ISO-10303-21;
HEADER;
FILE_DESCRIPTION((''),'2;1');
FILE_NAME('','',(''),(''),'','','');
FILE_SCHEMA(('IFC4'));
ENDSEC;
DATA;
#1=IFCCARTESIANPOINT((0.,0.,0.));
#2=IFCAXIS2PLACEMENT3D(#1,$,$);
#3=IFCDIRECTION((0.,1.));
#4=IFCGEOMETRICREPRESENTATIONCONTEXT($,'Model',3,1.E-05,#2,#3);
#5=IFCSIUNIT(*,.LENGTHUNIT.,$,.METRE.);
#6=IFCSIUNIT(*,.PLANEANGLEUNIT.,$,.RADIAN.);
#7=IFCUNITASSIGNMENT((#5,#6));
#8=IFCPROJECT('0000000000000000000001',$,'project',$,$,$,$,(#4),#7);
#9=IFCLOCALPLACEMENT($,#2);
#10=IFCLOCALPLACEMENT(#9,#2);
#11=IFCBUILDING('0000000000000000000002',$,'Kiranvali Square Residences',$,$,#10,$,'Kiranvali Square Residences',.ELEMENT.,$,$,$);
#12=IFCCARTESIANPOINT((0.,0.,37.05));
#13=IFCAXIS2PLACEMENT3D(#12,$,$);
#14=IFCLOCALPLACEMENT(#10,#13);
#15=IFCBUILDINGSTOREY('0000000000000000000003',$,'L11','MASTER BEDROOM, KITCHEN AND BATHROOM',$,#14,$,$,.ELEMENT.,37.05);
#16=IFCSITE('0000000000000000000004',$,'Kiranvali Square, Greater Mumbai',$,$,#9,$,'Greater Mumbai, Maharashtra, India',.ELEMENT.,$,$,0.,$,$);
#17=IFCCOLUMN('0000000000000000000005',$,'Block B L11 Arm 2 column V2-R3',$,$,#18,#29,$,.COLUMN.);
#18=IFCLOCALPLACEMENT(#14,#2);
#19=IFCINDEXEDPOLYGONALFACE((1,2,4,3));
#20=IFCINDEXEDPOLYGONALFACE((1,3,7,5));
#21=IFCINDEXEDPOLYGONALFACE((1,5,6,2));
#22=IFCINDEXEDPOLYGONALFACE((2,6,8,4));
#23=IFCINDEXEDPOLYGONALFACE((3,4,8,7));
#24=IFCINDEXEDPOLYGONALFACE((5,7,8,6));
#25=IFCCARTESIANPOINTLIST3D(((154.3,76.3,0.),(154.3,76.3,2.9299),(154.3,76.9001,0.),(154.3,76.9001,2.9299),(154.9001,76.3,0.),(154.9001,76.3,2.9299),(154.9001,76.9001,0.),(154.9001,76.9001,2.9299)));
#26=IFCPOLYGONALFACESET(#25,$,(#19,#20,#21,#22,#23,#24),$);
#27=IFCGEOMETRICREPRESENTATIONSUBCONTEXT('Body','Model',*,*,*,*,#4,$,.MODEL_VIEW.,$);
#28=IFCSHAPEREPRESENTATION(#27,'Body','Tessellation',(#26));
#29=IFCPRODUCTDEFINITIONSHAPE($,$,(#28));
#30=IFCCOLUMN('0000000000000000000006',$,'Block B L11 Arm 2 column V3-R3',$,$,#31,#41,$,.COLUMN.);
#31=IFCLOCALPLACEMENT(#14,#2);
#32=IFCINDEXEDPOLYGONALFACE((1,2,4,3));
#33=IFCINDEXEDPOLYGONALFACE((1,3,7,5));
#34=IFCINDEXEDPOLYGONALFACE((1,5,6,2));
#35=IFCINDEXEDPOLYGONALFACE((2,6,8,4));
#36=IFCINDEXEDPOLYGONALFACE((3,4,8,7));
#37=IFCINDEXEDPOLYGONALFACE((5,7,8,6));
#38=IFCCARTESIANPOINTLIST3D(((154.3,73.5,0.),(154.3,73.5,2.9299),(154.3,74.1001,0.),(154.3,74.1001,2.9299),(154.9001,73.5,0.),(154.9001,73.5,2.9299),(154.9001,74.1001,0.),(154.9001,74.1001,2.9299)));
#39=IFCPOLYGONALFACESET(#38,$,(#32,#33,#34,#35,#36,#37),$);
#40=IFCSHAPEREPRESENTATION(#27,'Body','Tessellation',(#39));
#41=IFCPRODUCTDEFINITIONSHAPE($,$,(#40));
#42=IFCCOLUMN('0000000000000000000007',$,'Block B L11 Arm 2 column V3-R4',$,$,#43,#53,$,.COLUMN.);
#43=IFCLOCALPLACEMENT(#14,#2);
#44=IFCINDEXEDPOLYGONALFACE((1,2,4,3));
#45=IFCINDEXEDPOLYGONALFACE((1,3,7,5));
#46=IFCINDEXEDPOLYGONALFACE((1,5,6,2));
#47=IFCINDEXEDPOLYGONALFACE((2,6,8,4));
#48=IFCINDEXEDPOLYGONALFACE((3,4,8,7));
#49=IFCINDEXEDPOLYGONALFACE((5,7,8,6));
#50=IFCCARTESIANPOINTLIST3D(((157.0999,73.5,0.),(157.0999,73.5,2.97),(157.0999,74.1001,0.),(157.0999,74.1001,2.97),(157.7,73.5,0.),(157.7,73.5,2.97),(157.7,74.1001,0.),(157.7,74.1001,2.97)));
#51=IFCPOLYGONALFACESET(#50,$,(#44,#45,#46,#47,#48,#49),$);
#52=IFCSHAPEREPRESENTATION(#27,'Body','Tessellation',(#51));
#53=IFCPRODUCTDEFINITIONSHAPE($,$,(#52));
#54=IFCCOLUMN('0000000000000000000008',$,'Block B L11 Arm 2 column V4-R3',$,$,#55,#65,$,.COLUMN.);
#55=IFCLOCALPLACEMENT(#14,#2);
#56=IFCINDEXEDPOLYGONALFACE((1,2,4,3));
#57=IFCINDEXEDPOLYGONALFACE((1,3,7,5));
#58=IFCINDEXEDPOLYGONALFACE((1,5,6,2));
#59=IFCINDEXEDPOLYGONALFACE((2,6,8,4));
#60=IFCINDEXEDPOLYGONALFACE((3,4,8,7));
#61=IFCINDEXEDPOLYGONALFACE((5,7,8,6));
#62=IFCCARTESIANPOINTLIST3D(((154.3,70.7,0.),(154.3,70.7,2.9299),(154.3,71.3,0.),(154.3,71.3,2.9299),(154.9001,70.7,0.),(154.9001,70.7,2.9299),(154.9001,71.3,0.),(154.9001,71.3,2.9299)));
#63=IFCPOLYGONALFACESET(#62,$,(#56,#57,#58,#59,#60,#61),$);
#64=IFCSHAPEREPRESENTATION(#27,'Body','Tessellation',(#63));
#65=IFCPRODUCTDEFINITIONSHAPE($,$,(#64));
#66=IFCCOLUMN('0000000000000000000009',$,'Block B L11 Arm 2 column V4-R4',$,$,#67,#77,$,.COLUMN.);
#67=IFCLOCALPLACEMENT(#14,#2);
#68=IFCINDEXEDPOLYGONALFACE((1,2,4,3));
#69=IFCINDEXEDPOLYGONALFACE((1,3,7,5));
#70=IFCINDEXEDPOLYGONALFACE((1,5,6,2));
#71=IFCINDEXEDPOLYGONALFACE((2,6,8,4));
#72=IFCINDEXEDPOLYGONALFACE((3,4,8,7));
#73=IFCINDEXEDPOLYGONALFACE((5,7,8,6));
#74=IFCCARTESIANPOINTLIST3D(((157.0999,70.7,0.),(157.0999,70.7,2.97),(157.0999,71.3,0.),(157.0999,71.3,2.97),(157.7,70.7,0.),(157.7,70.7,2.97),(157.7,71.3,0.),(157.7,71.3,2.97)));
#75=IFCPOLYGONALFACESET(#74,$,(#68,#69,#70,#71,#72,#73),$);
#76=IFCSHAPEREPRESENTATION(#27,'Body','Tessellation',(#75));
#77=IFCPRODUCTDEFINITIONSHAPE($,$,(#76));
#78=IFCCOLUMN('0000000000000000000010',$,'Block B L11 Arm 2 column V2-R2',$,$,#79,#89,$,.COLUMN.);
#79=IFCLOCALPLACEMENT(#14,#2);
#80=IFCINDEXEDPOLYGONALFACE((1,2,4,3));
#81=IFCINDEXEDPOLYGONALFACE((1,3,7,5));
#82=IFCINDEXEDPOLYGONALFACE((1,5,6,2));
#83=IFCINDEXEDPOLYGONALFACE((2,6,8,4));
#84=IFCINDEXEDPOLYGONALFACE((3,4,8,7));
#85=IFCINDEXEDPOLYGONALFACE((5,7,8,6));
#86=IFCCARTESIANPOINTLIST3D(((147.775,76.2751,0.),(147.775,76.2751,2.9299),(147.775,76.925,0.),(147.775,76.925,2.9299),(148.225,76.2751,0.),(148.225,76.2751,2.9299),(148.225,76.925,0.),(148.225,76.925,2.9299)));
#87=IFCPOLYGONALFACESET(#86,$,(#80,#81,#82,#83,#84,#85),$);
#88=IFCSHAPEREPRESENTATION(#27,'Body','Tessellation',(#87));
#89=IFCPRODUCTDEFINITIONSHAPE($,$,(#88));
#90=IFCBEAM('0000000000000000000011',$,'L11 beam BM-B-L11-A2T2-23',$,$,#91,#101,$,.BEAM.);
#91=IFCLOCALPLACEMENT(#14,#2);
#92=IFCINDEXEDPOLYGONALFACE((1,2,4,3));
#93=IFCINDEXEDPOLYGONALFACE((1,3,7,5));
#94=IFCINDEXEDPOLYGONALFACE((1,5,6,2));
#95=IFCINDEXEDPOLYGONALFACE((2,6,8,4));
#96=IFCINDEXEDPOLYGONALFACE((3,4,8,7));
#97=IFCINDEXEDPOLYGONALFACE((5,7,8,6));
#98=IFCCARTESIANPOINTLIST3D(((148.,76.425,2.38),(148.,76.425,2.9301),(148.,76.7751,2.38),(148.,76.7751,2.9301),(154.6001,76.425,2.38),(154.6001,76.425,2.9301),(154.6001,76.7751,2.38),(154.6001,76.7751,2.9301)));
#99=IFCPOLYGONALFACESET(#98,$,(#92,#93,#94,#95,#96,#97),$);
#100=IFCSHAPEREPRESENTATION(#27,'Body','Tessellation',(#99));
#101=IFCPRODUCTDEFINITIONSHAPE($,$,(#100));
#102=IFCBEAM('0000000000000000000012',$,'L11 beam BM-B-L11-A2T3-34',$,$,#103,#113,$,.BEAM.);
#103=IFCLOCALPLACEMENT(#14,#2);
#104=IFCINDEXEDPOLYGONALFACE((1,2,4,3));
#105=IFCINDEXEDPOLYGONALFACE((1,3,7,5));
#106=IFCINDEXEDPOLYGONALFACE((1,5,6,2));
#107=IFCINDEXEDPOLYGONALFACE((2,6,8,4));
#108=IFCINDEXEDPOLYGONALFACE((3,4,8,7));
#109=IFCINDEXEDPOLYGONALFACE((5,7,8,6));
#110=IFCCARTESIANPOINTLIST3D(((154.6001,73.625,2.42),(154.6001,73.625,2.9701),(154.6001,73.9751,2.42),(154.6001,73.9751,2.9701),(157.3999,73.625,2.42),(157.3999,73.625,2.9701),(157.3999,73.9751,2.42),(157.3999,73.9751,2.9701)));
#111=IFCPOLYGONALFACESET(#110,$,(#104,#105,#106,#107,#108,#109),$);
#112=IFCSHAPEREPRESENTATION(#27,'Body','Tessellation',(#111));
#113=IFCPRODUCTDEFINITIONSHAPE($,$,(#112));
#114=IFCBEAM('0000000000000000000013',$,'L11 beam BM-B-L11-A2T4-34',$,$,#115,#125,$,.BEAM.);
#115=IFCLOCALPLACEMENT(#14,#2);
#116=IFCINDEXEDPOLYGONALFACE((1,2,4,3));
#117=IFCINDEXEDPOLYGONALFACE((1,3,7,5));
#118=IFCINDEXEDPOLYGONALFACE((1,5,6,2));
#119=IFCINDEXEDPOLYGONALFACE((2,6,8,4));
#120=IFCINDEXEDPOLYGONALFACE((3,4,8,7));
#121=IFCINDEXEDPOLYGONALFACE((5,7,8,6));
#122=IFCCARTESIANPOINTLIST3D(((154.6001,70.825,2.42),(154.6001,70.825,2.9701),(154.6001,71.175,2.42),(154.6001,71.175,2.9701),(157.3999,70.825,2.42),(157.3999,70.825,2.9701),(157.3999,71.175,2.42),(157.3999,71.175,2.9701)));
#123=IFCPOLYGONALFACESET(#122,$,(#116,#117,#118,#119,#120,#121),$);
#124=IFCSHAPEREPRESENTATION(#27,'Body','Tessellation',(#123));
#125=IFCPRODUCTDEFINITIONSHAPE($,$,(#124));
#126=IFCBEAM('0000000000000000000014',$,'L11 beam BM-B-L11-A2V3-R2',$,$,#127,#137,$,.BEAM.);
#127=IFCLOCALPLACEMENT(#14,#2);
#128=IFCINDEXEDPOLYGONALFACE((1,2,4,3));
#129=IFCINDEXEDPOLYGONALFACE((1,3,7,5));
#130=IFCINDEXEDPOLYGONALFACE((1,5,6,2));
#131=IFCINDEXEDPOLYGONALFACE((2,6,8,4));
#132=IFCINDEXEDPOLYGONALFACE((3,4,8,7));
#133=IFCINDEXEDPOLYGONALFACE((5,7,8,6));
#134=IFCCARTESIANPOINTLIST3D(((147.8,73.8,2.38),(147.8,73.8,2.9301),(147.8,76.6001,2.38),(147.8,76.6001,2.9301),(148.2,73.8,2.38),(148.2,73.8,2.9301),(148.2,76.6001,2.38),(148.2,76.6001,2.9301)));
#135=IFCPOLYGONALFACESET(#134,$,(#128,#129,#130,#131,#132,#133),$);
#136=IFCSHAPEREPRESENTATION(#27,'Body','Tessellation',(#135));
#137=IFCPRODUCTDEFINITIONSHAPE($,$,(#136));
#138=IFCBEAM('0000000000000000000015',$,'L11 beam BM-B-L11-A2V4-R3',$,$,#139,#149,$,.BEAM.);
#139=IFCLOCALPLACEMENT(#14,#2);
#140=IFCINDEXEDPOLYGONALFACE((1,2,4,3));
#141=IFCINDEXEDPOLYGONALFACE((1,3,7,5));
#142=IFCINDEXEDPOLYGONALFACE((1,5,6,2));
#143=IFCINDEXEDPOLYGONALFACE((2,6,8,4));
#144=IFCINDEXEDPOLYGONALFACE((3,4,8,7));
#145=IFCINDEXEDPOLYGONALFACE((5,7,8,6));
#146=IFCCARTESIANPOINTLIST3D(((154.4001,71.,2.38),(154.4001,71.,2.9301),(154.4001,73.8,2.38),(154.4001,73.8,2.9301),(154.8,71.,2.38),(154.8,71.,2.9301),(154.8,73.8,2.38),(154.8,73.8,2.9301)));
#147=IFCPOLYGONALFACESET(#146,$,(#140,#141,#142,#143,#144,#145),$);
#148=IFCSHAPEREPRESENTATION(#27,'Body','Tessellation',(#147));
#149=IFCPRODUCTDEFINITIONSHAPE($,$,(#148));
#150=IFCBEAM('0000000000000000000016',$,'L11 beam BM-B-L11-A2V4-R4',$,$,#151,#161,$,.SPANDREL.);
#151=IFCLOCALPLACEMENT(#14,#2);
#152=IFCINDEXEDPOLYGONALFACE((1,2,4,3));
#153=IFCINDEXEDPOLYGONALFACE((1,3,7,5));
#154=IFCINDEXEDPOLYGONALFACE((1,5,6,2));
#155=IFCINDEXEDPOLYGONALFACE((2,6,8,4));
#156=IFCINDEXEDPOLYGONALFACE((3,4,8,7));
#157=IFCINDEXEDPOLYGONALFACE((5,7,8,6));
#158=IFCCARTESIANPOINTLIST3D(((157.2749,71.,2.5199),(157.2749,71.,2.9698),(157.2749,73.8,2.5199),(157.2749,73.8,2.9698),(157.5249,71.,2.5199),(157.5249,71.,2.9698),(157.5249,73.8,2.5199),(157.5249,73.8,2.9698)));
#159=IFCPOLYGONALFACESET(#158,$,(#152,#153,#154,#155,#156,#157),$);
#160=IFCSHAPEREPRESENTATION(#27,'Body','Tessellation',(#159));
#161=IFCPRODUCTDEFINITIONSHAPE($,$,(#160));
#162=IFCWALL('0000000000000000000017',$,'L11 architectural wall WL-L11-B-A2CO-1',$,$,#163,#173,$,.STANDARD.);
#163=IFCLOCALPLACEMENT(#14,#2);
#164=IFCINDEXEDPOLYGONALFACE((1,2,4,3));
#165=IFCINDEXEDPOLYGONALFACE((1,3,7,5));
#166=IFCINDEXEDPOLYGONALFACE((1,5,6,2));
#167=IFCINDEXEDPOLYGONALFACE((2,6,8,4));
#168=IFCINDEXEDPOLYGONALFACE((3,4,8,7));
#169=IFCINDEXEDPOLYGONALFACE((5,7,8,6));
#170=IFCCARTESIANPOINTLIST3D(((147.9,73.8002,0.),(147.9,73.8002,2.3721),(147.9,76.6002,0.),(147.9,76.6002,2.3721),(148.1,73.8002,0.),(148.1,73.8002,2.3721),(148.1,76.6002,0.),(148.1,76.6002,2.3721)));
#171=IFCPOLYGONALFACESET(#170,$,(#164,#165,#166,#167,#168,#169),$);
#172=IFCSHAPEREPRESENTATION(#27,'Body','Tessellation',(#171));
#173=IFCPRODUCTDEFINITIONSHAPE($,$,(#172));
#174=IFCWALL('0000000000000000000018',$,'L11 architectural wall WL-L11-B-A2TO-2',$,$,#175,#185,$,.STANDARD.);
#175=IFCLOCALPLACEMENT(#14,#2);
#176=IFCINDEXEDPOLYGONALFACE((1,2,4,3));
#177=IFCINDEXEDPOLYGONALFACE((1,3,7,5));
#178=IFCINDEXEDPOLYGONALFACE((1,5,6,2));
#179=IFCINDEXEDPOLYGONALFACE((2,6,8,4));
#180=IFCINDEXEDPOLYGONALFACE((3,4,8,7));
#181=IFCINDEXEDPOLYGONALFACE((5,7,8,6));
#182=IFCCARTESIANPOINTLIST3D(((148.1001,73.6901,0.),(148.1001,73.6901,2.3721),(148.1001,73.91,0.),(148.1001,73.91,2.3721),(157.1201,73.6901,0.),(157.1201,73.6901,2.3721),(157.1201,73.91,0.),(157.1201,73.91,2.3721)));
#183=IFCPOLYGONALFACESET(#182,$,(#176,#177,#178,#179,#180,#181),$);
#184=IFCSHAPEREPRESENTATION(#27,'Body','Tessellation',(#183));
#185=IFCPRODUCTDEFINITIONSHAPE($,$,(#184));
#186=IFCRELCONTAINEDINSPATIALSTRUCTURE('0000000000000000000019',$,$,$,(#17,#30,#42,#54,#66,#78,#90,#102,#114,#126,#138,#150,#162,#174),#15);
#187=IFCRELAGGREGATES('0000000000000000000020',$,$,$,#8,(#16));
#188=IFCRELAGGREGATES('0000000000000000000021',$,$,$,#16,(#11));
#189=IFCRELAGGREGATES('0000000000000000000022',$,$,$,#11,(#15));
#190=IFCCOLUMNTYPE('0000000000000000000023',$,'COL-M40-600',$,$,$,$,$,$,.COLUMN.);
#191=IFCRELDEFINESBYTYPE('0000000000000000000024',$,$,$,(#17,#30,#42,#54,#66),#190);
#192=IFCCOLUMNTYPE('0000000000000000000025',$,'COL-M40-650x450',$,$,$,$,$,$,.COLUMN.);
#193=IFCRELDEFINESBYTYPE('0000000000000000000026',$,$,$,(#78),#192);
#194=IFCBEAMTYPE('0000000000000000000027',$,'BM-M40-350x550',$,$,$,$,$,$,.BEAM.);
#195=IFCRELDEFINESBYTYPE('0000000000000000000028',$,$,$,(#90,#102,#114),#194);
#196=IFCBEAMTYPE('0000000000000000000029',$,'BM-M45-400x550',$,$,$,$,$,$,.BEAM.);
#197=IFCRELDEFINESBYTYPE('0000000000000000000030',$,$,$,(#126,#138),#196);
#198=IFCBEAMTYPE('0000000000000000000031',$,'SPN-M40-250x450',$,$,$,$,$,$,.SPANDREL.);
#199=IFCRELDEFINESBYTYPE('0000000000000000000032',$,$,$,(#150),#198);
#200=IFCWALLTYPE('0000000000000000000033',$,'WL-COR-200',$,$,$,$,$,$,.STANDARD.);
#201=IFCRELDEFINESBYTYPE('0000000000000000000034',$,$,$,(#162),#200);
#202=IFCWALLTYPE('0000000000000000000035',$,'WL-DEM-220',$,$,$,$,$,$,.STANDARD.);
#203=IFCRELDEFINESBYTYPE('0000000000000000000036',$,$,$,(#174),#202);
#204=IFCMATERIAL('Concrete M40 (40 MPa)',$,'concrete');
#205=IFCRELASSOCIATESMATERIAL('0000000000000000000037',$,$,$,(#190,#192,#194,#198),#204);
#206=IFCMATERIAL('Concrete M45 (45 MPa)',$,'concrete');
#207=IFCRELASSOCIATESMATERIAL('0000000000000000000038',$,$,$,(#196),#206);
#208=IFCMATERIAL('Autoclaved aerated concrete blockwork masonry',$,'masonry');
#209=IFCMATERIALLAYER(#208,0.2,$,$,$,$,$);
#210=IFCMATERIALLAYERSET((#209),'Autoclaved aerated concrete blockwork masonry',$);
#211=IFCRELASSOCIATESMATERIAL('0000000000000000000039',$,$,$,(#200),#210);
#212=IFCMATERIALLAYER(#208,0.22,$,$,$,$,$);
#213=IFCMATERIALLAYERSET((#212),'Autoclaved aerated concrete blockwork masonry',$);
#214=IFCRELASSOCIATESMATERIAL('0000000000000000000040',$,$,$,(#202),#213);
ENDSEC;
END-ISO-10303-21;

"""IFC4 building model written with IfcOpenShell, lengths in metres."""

from ifc_helpers import new_model, si_unit, direction, frame, frame_2d, origin, origin_2d, place, context, subcontext, project, spatial, rectangle, extrude, material, layer, layer_set, material_profile, profile_set, type_object, element, save


model = new_model("IFC4")

# Units and contexts
model_context = context("Model", 3, precision=1e-05, world=origin(), true_north=direction((0.0, 1.0)))
body_context = subcontext(model_context, "Body", "Model", "MODEL_VIEW")
ifc_project = project(units=[si_unit("LENGTHUNIT", "METRE"), si_unit("PLANEANGLEUNIT", "RADIAN")], contexts=[model_context])

# Site, building, storey
site_placement = place(None, origin())
site = spatial("IfcSite", under=ifc_project, at=site_placement, Name="Kiranvali Square, Greater Mumbai", LongName="Greater Mumbai, Maharashtra, India", CompositionType="ELEMENT", RefElevation=0.0)
building_placement = place(site_placement, origin())
building = spatial("IfcBuilding", under=site, at=building_placement, Name="Kiranvali Square Residences", LongName="Kiranvali Square Residences", CompositionType="ELEMENT")
storey_placement = place(building_placement, frame((0.0, 0.0, 37.05)))
storey = spatial("IfcBuildingStorey", under=building, at=storey_placement, Name="L11", Description="MASTER BEDROOM, KITCHEN AND BATHROOM", CompositionType="ELEMENT", Elevation=37.05)

# Columns
ifc_material_1 = material(Name="Concrete M40 (40 MPa)", Category="concrete")
ifc_material_profile_1 = material_profile(ifc_material_1, rectangle(XDim=0.6001, YDim=0.6001, at=origin_2d()), Name="RC 600x600")
ifc_profile_set_1 = profile_set([ifc_material_profile_1], Name="Concrete M40 (40 MPa)")
column_type_1 = type_object("IfcColumnType", Name="COL-M40-600", PredefinedType="COLUMN", material=ifc_profile_set_1)
for number, where, z_axis, x_axis, name in (
    (1, (154.6001, 76.6001, 0.0), (0.0, 0.0, 1.0), (1.0, 0.0, 0.0), "Block B L11 Arm 2 column V2-R3"),
    (2, (154.6001, 73.8, 0.0), (0.0, 0.0, 1.0), (1.0, 0.0, 0.0), "Block B L11 Arm 2 column V3-R3"),
):
    element("IfcColumn", number, at=place(storey_placement, frame(where, z_axis=z_axis, x_axis=x_axis)), inside=storey, type_object=column_type_1, Name=name, PredefinedType="COLUMN", context=body_context, shape_type="SweptSolid", body=[
        extrude(rectangle(XDim=0.6001, YDim=0.6001, at=origin_2d()), origin(), (0.0, 0.0, 1.0), 2.9299),
    ])
column_1_placement = place(storey_placement, frame((157.3999, 73.8, 0.0), z_axis=(0.0, 0.0, 1.0), x_axis=(1.0, 0.0, 0.0)))
element("IfcColumn", 3, at=column_1_placement, inside=storey, type_object=column_type_1, Name="Block B L11 Arm 2 column V3-R4", PredefinedType="COLUMN", context=body_context, shape_type="SweptSolid", body=[
    extrude(rectangle(XDim=0.6001, YDim=0.6001, at=origin_2d()), origin(), (0.0, 0.0, 1.0), 2.97),
])
column_2_placement = place(storey_placement, frame((154.6001, 71.0, 0.0), z_axis=(0.0, 0.0, 1.0), x_axis=(1.0, 0.0, 0.0)))
element("IfcColumn", 4, at=column_2_placement, inside=storey, type_object=column_type_1, Name="Block B L11 Arm 2 column V4-R3", PredefinedType="COLUMN", context=body_context, shape_type="SweptSolid", body=[
    extrude(rectangle(XDim=0.6001, YDim=0.6001, at=origin_2d()), origin(), (0.0, 0.0, 1.0), 2.9299),
])
column_3_placement = place(storey_placement, frame((157.3999, 71.0, 0.0), z_axis=(0.0, 0.0, 1.0), x_axis=(1.0, 0.0, 0.0)))
element("IfcColumn", 5, at=column_3_placement, inside=storey, type_object=column_type_1, Name="Block B L11 Arm 2 column V4-R4", PredefinedType="COLUMN", context=body_context, shape_type="SweptSolid", body=[
    extrude(rectangle(XDim=0.6001, YDim=0.6001, at=origin_2d()), origin(), (0.0, 0.0, 1.0), 2.97),
])
ifc_material_profile_2 = material_profile(ifc_material_1, rectangle(XDim=0.45, YDim=0.6499, at=origin_2d()), Name="RC 650x450")
ifc_profile_set_2 = profile_set([ifc_material_profile_2], Name="Concrete M40 (40 MPa)")
column_type_2 = type_object("IfcColumnType", Name="COL-M40-650x450", PredefinedType="COLUMN", material=ifc_profile_set_2)
column_4_placement = place(storey_placement, frame((148.0, 76.6001, 0.0), z_axis=(0.0, 0.0, 1.0), x_axis=(1.0, 0.0, 0.0)))
element("IfcColumn", 6, at=column_4_placement, inside=storey, type_object=column_type_2, Name="Block B L11 Arm 2 column V2-R2", PredefinedType="COLUMN", context=body_context, shape_type="SweptSolid", body=[
    extrude(rectangle(XDim=0.45, YDim=0.6499, at=origin_2d()), origin(), (0.0, 0.0, 1.0), 2.9299),
])

# Beams
ifc_material_profile_3 = material_profile(ifc_material_1, rectangle(XDim=0.3501, YDim=0.55, at=origin_2d()), Name="RC 350x550")
ifc_profile_set_3 = profile_set([ifc_material_profile_3], Name="Concrete M40 (40 MPa)")
beam_type_1 = type_object("IfcBeamType", Name="BM-M40-350x550", PredefinedType="BEAM", material=ifc_profile_set_3)
beam_1_placement = place(storey_placement, frame((148.0, 76.6001, 2.655), z_axis=(1.0, 0.0, 0.0), x_axis=(0.0, 1.0, 0.0)))
element("IfcBeam", 7, at=beam_1_placement, inside=storey, type_object=beam_type_1, Name="L11 beam BM-B-L11-A2T2-23", PredefinedType="BEAM", context=body_context, shape_type="SweptSolid", body=[
    extrude(rectangle(XDim=0.3501, YDim=0.55, at=origin_2d()), origin(), (0.0, 0.0, 1.0), 6.6001),
])
for number, where, z_axis, x_axis, name in (
    (8, (154.6001, 73.8, 2.6951), (1.0, 0.0, 0.0), (0.0, 1.0, 0.0), "L11 beam BM-B-L11-A2T3-34"),
    (9, (154.6001, 71.0, 2.6951), (1.0, 0.0, 0.0), (0.0, 1.0, 0.0), "L11 beam BM-B-L11-A2T4-34"),
):
    element("IfcBeam", number, at=place(storey_placement, frame(where, z_axis=z_axis, x_axis=x_axis)), inside=storey, type_object=beam_type_1, Name=name, PredefinedType="BEAM", context=body_context, shape_type="SweptSolid", body=[
        extrude(rectangle(XDim=0.3501, YDim=0.55, at=origin_2d()), origin(), (0.0, 0.0, 1.0), 2.7998),
    ])
ifc_material_2 = material(Name="Concrete M45 (45 MPa)", Category="concrete")
ifc_material_profile_4 = material_profile(ifc_material_2, rectangle(XDim=0.3999, YDim=0.55, at=origin_2d()), Name="RC 400x550")
ifc_profile_set_4 = profile_set([ifc_material_profile_4], Name="Concrete M45 (45 MPa)")
beam_type_2 = type_object("IfcBeamType", Name="BM-M45-400x550", PredefinedType="BEAM", material=ifc_profile_set_4)
for number, where, z_axis, x_axis, name in (
    (10, (148.0, 76.6001, 2.655), (0.0, -1.0, 0.0), (1.0, 0.0, 0.0), "L11 beam BM-B-L11-A2V3-R2"),
    (11, (154.6001, 73.8, 2.655), (0.0, -1.0, 0.0), (1.0, 0.0, 0.0), "L11 beam BM-B-L11-A2V4-R3"),
):
    element("IfcBeam", number, at=place(storey_placement, frame(where, z_axis=z_axis, x_axis=x_axis)), inside=storey, type_object=beam_type_2, Name=name, PredefinedType="BEAM", context=body_context, shape_type="SweptSolid", body=[
        extrude(rectangle(XDim=0.3999, YDim=0.55, at=origin_2d()), origin(), (0.0, 0.0, 1.0), 2.8),
    ])
ifc_material_profile_5 = material_profile(ifc_material_1, rectangle(XDim=0.25, YDim=0.45, at=origin_2d()), Name="RC 250x450")
ifc_profile_set_5 = profile_set([ifc_material_profile_5], Name="Concrete M40 (40 MPa)")
beam_type_3 = type_object("IfcBeamType", Name="SPN-M40-250x450", PredefinedType="SPANDREL", material=ifc_profile_set_5)
beam_2_placement = place(storey_placement, frame((157.3999, 73.8, 2.7449), z_axis=(0.0, -1.0, 0.0), x_axis=(1.0, 0.0, 0.0)))
element("IfcBeam", 12, at=beam_2_placement, inside=storey, type_object=beam_type_3, Name="L11 beam BM-B-L11-A2V4-R4", PredefinedType="SPANDREL", context=body_context, shape_type="SweptSolid", body=[
    extrude(rectangle(XDim=0.25, YDim=0.45, at=origin_2d()), origin(), (0.0, 0.0, 1.0), 2.8),
])

# Walls
ifc_material_3 = material(Name="Autoclaved aerated concrete blockwork masonry", Category="masonry")
ifc_layer_1 = layer(ifc_material_3, 0.2)
ifc_layer_set_1 = layer_set([ifc_layer_1], Name="Autoclaved aerated concrete blockwork masonry")
wall_type_1 = type_object("IfcWallType", Name="WL-COR-200", PredefinedType="STANDARD", material=ifc_layer_set_1)
wall_1_placement = place(storey_placement, frame((148.0, 76.6001, 0.0), z_axis=(0.0, 0.0, 1.0), x_axis=(0.0, -1.0, 0.0)))
element("IfcWall", 13, at=wall_1_placement, inside=storey, type_object=wall_type_1, Name="L11 architectural wall WL-L11-B-A2CO-1", PredefinedType="STANDARD", context=body_context, shape_type="SweptSolid", body=[
    extrude(rectangle(XDim=2.8, YDim=0.2, at=frame_2d((1.3999, 0.0))), origin(), (0.0, 0.0, 1.0), 2.3721),
])
ifc_layer_2 = layer(ifc_material_3, 0.22)
ifc_layer_set_2 = layer_set([ifc_layer_2], Name="Autoclaved aerated concrete blockwork masonry")
wall_type_2 = type_object("IfcWallType", Name="WL-DEM-220", PredefinedType="STANDARD", material=ifc_layer_set_2)
wall_2_placement = place(storey_placement, frame((148.1001, 73.8, 0.0), z_axis=(0.0, 0.0, 1.0), x_axis=(1.0, 0.0, 0.0)))
element("IfcWall", 14, at=wall_2_placement, inside=storey, type_object=wall_type_2, Name="L11 architectural wall WL-L11-B-A2TO-2", PredefinedType="STANDARD", context=body_context, shape_type="SweptSolid", body=[
    extrude(rectangle(XDim=9.02, YDim=0.22, at=frame_2d((4.51, 0.0))), origin(), (0.0, 0.0, 1.0), 2.3721),
])

save(model, "model.ifc")
